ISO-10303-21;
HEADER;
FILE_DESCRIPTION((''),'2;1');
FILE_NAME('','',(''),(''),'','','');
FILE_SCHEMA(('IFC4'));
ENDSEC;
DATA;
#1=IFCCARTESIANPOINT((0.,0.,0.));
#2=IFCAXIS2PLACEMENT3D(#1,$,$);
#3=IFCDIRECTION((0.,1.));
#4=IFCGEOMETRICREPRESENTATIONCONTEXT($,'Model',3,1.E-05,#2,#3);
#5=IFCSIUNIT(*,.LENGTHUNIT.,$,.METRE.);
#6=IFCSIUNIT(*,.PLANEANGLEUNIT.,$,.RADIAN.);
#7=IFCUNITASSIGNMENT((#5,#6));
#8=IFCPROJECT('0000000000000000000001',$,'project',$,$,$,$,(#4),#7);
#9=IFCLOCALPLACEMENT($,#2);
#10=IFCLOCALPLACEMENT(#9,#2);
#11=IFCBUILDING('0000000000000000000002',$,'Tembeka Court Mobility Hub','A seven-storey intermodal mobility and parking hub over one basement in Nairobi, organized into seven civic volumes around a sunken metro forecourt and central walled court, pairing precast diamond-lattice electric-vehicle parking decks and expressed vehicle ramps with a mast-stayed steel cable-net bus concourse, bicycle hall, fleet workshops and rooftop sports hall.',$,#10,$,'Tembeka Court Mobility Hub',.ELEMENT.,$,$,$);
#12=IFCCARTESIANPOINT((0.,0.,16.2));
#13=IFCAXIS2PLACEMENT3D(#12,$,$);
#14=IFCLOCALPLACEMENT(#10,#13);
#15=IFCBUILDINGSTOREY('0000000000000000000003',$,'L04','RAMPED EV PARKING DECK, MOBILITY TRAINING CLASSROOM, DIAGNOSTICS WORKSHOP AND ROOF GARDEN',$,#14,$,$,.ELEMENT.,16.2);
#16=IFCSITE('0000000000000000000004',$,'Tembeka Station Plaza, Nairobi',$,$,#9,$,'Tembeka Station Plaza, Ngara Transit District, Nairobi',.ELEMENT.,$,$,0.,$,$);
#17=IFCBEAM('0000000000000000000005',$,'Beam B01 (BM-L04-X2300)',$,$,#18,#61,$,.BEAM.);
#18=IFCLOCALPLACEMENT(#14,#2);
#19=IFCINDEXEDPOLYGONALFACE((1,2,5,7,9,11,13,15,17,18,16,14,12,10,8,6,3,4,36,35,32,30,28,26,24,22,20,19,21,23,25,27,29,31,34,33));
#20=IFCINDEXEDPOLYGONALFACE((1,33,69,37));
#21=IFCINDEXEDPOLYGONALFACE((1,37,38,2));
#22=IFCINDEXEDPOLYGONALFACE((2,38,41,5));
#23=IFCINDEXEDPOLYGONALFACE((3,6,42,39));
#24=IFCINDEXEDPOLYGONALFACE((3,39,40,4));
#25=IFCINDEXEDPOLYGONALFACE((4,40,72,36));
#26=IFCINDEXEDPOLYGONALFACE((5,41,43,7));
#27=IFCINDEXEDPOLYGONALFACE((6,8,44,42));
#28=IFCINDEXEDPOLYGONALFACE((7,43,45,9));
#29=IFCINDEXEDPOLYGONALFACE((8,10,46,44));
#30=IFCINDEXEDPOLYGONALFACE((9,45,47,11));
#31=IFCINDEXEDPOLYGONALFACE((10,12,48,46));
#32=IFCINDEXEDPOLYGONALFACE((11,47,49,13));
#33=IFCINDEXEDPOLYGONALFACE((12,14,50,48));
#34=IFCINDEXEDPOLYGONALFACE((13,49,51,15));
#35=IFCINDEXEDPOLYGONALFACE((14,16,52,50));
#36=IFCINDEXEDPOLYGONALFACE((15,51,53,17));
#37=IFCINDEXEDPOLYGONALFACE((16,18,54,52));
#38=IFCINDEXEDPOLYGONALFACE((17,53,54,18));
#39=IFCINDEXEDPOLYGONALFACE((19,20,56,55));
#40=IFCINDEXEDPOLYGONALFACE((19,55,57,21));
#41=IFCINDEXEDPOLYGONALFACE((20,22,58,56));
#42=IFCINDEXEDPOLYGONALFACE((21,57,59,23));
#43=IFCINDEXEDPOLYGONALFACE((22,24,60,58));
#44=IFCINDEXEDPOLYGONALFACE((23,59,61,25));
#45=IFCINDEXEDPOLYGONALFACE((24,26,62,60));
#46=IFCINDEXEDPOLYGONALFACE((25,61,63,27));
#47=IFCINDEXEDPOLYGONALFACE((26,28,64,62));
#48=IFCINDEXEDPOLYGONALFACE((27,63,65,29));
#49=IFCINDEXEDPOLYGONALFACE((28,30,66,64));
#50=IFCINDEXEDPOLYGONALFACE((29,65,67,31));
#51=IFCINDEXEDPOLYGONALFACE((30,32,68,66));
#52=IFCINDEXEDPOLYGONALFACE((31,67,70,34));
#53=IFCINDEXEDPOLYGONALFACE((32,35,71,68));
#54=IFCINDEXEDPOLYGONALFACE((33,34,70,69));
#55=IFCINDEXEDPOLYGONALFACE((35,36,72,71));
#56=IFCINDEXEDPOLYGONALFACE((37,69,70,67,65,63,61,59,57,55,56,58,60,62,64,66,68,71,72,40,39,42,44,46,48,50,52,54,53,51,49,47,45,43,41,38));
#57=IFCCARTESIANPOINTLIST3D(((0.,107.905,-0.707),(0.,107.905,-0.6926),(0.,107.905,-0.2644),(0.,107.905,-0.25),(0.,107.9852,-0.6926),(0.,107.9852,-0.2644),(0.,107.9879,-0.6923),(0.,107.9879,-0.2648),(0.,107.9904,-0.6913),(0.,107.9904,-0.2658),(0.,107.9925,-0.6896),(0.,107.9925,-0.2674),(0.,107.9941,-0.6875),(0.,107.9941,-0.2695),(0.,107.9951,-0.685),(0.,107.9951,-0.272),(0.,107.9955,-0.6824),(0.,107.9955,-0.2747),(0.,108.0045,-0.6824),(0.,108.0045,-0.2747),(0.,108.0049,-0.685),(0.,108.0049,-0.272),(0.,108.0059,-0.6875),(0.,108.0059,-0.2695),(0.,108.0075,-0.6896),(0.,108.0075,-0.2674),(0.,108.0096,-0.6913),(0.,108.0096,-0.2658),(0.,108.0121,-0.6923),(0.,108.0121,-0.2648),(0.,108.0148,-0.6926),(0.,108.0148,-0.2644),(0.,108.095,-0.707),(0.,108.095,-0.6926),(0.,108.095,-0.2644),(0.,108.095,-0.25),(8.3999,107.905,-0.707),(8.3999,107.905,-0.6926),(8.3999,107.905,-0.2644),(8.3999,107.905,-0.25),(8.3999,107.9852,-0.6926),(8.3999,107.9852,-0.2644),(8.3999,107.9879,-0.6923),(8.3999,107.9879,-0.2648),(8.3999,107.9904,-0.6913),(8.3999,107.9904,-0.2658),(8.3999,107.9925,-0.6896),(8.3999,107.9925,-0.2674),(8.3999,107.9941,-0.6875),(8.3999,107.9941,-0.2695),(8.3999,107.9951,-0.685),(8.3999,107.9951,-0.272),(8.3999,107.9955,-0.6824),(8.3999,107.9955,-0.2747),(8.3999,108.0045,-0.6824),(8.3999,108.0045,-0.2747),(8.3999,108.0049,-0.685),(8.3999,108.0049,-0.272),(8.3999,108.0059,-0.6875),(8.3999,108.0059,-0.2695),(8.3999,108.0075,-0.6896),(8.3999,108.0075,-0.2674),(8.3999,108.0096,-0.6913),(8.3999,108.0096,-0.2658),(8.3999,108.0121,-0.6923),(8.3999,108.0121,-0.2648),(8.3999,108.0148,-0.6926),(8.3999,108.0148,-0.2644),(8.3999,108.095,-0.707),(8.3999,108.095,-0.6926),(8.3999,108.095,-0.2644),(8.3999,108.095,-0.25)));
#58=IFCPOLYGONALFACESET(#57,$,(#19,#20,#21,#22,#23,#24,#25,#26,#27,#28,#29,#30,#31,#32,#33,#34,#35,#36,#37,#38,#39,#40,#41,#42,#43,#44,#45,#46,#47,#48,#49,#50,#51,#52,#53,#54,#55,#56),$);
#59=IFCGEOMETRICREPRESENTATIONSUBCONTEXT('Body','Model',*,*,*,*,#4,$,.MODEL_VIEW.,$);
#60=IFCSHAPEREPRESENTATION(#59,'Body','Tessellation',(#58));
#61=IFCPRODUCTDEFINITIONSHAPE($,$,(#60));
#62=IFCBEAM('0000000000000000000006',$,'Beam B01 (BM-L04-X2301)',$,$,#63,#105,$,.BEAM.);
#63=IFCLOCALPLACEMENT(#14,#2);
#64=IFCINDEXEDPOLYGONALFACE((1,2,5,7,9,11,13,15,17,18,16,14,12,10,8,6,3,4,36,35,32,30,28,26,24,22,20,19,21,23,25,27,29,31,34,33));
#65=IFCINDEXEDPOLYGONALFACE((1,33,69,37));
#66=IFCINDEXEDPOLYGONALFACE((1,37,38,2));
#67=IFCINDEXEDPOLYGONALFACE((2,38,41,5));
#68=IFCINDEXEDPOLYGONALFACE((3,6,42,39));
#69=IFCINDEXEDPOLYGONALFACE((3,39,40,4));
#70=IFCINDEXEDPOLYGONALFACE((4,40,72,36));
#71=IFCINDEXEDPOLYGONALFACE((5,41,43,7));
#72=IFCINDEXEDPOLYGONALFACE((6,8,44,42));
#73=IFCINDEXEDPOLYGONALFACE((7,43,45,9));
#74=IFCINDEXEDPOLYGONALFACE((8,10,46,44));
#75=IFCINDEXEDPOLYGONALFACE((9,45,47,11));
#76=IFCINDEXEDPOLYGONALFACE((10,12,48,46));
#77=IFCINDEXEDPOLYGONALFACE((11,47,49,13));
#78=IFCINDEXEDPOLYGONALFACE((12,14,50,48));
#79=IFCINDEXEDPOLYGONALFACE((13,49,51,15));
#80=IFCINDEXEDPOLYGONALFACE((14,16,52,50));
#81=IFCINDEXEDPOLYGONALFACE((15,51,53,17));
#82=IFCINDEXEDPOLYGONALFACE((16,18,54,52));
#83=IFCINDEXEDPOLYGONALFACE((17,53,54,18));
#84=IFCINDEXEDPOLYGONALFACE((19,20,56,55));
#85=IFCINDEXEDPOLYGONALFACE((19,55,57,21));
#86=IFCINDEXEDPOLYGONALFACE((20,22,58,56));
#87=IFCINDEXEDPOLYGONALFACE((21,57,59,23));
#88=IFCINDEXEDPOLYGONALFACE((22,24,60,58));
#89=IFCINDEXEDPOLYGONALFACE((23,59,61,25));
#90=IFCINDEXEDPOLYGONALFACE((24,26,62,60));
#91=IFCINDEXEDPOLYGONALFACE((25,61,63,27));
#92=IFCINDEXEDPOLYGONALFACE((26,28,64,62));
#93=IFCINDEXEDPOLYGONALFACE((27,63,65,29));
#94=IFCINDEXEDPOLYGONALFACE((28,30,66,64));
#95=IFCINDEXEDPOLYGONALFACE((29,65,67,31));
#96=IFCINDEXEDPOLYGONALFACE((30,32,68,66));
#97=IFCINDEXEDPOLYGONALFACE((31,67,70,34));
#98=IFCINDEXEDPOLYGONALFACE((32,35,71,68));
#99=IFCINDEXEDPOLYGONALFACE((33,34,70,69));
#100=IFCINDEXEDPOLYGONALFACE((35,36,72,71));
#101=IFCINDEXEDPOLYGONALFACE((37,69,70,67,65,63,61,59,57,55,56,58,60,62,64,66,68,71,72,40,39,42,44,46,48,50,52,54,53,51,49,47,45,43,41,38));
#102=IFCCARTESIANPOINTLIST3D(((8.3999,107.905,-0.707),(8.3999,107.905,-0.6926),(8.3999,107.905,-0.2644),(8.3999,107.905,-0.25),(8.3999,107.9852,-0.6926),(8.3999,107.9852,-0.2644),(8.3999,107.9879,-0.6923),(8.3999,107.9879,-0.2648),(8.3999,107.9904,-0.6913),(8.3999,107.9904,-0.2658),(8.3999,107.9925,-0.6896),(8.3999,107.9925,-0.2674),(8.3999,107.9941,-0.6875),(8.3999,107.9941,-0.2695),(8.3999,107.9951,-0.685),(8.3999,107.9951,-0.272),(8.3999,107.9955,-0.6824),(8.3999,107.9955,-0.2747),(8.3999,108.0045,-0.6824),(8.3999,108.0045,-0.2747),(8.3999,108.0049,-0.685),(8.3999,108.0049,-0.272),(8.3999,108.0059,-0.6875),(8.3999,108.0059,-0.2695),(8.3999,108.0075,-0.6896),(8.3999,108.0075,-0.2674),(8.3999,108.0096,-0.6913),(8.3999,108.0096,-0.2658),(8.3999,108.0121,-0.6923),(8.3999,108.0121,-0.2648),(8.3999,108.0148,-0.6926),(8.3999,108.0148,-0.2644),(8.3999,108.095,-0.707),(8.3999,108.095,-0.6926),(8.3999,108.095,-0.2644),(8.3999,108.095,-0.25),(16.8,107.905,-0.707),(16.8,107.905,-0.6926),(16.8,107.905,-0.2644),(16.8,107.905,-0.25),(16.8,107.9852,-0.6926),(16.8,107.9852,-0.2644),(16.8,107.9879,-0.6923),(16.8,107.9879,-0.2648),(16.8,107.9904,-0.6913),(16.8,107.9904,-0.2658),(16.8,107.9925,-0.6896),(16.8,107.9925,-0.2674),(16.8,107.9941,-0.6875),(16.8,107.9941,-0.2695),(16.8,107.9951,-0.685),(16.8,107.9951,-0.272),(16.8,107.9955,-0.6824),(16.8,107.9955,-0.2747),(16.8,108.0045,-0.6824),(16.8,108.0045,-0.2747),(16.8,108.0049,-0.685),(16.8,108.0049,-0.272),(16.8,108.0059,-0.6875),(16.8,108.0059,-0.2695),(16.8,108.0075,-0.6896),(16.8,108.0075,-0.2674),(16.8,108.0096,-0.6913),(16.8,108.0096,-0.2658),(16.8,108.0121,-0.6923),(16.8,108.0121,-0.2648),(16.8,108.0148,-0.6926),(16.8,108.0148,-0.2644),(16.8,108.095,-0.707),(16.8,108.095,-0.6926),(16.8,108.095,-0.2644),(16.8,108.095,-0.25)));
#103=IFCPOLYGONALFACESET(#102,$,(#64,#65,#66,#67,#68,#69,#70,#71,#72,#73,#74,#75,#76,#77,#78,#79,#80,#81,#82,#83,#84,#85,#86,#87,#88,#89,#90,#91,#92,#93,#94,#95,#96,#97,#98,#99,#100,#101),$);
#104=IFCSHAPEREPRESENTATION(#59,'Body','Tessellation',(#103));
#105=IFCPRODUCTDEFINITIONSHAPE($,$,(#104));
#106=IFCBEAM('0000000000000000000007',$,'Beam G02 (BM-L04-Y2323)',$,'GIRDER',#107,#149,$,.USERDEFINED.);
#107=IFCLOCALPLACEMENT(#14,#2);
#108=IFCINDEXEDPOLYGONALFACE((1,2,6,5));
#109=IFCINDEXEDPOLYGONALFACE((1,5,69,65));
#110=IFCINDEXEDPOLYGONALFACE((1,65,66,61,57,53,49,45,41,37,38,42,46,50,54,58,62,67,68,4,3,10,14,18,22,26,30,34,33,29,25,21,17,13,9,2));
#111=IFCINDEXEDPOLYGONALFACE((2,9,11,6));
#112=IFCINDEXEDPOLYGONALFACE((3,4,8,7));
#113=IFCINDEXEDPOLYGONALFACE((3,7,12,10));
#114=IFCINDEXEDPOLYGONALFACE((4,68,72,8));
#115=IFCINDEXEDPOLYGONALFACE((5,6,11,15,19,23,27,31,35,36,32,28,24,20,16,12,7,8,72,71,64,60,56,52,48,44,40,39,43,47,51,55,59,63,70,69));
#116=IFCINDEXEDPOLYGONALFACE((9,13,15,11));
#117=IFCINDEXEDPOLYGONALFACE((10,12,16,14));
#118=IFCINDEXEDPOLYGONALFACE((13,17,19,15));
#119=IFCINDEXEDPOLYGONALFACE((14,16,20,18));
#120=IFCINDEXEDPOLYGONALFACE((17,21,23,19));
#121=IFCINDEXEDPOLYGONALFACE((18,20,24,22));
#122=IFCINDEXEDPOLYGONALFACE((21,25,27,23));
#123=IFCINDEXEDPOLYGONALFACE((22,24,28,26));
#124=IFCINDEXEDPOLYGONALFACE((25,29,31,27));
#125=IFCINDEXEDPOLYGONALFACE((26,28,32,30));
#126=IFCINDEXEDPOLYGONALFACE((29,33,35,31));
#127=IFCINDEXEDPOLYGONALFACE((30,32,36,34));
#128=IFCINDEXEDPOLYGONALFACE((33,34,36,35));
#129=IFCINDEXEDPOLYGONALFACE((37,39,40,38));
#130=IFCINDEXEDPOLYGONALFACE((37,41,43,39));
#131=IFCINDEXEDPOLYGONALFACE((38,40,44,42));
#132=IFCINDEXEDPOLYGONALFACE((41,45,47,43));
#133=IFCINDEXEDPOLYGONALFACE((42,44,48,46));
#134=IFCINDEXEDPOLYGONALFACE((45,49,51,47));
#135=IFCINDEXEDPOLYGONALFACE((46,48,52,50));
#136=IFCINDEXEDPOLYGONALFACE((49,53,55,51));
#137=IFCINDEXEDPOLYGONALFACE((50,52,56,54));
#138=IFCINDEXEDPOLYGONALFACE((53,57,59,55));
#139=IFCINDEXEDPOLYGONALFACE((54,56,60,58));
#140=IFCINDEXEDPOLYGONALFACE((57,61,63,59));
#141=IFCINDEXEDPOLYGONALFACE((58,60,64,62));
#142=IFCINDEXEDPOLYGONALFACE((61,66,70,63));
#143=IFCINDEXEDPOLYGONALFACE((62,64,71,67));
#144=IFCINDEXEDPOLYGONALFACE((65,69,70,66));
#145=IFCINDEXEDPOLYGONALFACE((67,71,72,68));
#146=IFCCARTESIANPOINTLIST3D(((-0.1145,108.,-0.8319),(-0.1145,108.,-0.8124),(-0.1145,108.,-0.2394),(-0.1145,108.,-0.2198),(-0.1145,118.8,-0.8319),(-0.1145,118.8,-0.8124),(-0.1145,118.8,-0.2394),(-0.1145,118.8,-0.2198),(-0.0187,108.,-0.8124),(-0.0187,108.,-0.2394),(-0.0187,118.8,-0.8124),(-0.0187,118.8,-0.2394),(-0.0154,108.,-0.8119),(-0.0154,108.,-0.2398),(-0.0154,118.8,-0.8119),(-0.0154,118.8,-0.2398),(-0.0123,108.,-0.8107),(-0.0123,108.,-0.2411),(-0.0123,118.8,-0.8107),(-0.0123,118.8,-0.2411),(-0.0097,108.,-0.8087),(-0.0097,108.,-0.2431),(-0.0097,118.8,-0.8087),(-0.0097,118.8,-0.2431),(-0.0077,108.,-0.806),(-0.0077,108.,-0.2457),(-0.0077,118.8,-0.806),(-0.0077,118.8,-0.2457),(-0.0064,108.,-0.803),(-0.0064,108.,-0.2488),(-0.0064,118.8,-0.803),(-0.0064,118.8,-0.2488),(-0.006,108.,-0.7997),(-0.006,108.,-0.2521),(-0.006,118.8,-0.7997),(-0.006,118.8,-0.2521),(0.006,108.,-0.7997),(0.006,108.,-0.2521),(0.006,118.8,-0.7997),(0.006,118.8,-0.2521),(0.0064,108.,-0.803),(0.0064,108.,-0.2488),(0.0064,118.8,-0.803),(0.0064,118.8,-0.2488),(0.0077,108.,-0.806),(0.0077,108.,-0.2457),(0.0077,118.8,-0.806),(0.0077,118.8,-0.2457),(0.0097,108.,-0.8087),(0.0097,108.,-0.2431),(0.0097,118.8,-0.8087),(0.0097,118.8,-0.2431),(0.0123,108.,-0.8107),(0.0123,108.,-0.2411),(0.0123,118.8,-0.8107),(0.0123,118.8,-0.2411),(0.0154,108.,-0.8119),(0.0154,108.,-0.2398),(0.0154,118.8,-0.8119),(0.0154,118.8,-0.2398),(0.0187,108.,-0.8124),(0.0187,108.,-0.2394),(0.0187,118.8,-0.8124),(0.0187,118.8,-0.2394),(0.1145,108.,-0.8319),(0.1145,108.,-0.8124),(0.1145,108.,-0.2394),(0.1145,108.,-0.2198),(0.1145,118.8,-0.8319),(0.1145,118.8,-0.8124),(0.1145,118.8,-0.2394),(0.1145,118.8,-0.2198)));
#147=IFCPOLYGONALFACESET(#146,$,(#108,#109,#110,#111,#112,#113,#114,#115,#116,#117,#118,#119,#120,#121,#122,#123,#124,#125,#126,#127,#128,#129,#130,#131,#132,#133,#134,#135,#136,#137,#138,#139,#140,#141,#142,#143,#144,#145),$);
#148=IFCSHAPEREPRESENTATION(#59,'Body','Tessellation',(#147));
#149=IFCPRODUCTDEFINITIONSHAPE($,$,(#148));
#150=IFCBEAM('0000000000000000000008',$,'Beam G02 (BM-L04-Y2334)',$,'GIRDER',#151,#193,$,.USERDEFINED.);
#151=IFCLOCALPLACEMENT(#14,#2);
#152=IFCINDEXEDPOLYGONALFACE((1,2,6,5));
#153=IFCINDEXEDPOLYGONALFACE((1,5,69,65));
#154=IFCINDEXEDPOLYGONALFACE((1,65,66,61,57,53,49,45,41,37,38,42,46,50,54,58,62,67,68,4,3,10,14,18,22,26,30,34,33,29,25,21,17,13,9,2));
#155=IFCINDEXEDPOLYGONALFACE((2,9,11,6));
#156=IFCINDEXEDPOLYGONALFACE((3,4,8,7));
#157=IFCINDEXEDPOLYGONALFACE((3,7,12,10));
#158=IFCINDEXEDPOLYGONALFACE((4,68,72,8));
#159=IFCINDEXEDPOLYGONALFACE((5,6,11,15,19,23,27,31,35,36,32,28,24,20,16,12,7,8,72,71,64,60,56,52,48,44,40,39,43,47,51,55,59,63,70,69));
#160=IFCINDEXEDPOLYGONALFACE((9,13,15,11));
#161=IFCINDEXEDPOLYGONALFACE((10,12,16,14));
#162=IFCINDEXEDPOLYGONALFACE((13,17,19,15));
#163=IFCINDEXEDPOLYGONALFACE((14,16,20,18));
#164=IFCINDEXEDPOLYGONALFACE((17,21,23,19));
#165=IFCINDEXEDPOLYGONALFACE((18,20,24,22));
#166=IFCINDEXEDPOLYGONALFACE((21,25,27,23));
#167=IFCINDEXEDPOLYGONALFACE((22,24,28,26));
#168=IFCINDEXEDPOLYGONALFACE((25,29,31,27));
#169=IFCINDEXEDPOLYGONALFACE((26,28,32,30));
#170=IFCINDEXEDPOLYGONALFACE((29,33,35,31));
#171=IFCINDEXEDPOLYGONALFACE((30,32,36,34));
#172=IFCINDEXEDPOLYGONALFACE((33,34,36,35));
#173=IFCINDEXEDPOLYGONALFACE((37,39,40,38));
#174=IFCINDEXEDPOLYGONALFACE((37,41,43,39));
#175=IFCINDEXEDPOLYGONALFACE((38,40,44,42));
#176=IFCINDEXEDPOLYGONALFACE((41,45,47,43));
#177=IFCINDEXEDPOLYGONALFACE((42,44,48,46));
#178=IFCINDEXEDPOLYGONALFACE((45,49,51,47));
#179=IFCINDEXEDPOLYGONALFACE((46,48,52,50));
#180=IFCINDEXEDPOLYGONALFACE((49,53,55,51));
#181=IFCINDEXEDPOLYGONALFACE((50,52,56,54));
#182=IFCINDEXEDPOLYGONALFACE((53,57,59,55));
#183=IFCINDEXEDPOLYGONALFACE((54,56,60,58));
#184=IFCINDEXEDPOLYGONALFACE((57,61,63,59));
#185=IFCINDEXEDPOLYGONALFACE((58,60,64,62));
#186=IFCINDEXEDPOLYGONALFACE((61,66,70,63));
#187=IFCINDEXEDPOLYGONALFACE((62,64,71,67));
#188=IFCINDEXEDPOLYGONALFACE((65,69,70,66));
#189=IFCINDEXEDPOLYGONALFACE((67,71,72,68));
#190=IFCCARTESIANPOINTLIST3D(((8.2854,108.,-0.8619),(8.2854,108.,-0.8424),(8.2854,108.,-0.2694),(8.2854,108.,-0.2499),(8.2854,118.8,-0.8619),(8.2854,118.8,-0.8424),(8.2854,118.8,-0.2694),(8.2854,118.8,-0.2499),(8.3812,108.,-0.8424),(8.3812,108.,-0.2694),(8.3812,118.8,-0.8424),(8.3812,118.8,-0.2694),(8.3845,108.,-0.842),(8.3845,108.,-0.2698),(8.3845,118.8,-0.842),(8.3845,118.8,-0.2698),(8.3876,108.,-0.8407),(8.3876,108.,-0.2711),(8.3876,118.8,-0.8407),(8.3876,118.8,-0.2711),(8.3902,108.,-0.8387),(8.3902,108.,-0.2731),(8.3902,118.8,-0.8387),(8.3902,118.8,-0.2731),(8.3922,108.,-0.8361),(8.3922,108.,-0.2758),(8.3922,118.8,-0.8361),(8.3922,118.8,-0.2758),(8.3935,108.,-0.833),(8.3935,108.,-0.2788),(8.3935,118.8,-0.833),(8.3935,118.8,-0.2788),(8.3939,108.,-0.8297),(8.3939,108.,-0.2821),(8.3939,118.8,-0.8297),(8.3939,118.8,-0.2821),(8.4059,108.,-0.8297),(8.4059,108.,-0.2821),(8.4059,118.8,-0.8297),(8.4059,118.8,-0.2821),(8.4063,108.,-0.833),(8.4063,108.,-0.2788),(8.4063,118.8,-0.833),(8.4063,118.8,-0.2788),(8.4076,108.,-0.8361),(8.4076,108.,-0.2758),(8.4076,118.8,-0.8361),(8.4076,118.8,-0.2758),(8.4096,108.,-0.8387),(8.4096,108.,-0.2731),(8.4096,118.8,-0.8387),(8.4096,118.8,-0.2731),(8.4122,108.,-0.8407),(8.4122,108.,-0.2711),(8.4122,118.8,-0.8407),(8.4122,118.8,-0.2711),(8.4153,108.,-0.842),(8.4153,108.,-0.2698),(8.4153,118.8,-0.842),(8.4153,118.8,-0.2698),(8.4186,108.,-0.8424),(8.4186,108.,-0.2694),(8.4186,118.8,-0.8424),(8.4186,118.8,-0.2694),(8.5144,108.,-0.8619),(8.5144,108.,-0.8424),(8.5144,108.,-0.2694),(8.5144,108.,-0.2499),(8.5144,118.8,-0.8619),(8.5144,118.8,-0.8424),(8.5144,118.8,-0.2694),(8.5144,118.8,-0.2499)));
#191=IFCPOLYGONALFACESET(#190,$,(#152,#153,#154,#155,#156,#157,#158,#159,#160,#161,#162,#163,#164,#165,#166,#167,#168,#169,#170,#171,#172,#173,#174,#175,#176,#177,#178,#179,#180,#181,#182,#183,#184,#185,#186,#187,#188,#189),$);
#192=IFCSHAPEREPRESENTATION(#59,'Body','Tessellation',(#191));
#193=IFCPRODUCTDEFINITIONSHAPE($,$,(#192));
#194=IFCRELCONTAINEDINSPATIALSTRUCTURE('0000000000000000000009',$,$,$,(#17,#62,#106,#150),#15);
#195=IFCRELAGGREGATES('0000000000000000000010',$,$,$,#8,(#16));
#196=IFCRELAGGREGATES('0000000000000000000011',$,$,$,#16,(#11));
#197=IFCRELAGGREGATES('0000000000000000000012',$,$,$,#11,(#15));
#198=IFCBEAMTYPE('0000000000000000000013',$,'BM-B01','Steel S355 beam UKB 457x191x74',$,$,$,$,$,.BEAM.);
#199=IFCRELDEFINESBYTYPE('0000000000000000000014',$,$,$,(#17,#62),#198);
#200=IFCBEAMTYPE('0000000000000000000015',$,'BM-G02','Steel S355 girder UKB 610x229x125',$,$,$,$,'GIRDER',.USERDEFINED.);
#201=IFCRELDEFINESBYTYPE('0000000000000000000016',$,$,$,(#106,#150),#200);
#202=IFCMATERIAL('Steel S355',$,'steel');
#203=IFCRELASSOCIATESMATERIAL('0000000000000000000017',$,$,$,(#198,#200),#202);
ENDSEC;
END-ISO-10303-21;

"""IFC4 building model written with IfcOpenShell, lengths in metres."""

from ifc_helpers import new_model, si_unit, direction, frame, origin, origin_2d, place, context, subcontext, project, spatial, i_section, extrude, material, material_profile, profile_set, type_object, element, save


model = new_model("IFC4")

# Units and contexts
model_context = context("Model", 3, precision=1e-05, world=origin(), true_north=direction((0.0, 1.0)))
body_context = subcontext(model_context, "Body", "Model", "MODEL_VIEW")
ifc_project = project(units=[si_unit("LENGTHUNIT", "METRE"), si_unit("PLANEANGLEUNIT", "RADIAN")], contexts=[model_context])

# Site, building, storey
site_placement = place(None, origin())
site = spatial("IfcSite", under=ifc_project, at=site_placement, Name="Tembeka Station Plaza, Nairobi", LongName="Tembeka Station Plaza, Ngara Transit District, Nairobi", CompositionType="ELEMENT", RefElevation=0.0)
building_placement = place(site_placement, origin())
building = spatial("IfcBuilding", under=site, at=building_placement, Name="Tembeka Court Mobility Hub", Description="A seven-storey intermodal mobility and parking hub over one basement in Nairobi, organized into seven civic volumes around a sunken metro forecourt and central walled court, pairing precast diamond-lattice electric-vehicle parking decks and expressed vehicle ramps with a mast-stayed steel cable-net bus concourse, bicycle hall, fleet workshops and rooftop sports hall.", LongName="Tembeka Court Mobility Hub", CompositionType="ELEMENT")
storey_placement = place(building_placement, frame((0.0, 0.0, 16.2)))
storey = spatial("IfcBuildingStorey", under=building, at=storey_placement, Name="L04", Description="RAMPED EV PARKING DECK, MOBILITY TRAINING CLASSROOM, DIAGNOSTICS WORKSHOP AND ROOF GARDEN", CompositionType="ELEMENT", Elevation=16.2)

# Shared definitions
ifc_material_1 = material(Name="Steel S355", Category="steel")

# Beams
ifc_material_profile_1 = material_profile(ifc_material_1, i_section(OverallWidth=0.1899, OverallDepth=0.457, WebThickness=0.009, FlangeThickness=0.0144, FilletRadius=0.0103, at=origin_2d()), Name="UKB 457x191x74")
ifc_profile_set_1 = profile_set([ifc_material_profile_1], Name="Steel S355")
beam_type_1 = type_object("IfcBeamType", Name="BM-B01", Description="Steel S355 beam UKB 457x191x74", PredefinedType="BEAM", material=ifc_profile_set_1)
beam_1_placement = place(storey_placement, frame((0.0, 108.0, -0.4785), z_axis=(1.0, 0.0, 0.0), x_axis=(0.0, 1.0, 0.0)))
element("IfcBeam", 1, at=beam_1_placement, inside=storey, type_object=beam_type_1, Name="Beam B01 (BM-L04-X2300)", PredefinedType="BEAM", context=body_context, shape_type="SweptSolid", body=[
    extrude(i_section(OverallWidth=0.1899, OverallDepth=0.457, WebThickness=0.009, FlangeThickness=0.0144, FilletRadius=0.0103, at=origin_2d()), origin(), (0.0, 0.0, 1.0), 8.3999),
])
beam_2_placement = place(storey_placement, frame((8.3999, 108.0, -0.4785), z_axis=(1.0, 0.0, 0.0), x_axis=(0.0, 1.0, 0.0)))
element("IfcBeam", 2, at=beam_2_placement, inside=storey, type_object=beam_type_1, Name="Beam B01 (BM-L04-X2301)", PredefinedType="BEAM", context=body_context, shape_type="SweptSolid", body=[
    extrude(i_section(OverallWidth=0.1899, OverallDepth=0.457, WebThickness=0.009, FlangeThickness=0.0144, FilletRadius=0.0103, at=origin_2d()), origin(), (0.0, 0.0, 1.0), 8.4001),
])
ifc_material_profile_2 = material_profile(ifc_material_1, i_section(OverallWidth=0.229, OverallDepth=0.6121, WebThickness=0.012, FlangeThickness=0.0195, FilletRadius=0.0127, at=origin_2d()), Name="UKB 610x229x125")
ifc_profile_set_2 = profile_set([ifc_material_profile_2], Name="Steel S355")
beam_type_2 = type_object("IfcBeamType", Name="BM-G02", Description="Steel S355 girder UKB 610x229x125", ElementType="GIRDER", PredefinedType="USERDEFINED", material=ifc_profile_set_2)
for number, where, z_axis, x_axis, name in (
    (3, (0.0, 108.0, -0.5259), (0.0, 1.0, 0.0), (-1.0, 0.0, 0.0), "Beam G02 (BM-L04-Y2323)"),
    (4, (8.3999, 108.0, -0.5559), (0.0, 1.0, 0.0), (-1.0, 0.0, 0.0), "Beam G02 (BM-L04-Y2334)"),
):
    element("IfcBeam", number, at=place(storey_placement, frame(where, z_axis=z_axis, x_axis=x_axis)), inside=storey, type_object=beam_type_2, Name=name, ObjectType="GIRDER", PredefinedType="USERDEFINED", context=body_context, shape_type="SweptSolid", body=[
        extrude(i_section(OverallWidth=0.229, OverallDepth=0.6121, WebThickness=0.012, FlangeThickness=0.0195, FilletRadius=0.0127, at=origin_2d()), origin(), (0.0, 0.0, 1.0), 10.8),
    ])

save(model, "model.ifc")
